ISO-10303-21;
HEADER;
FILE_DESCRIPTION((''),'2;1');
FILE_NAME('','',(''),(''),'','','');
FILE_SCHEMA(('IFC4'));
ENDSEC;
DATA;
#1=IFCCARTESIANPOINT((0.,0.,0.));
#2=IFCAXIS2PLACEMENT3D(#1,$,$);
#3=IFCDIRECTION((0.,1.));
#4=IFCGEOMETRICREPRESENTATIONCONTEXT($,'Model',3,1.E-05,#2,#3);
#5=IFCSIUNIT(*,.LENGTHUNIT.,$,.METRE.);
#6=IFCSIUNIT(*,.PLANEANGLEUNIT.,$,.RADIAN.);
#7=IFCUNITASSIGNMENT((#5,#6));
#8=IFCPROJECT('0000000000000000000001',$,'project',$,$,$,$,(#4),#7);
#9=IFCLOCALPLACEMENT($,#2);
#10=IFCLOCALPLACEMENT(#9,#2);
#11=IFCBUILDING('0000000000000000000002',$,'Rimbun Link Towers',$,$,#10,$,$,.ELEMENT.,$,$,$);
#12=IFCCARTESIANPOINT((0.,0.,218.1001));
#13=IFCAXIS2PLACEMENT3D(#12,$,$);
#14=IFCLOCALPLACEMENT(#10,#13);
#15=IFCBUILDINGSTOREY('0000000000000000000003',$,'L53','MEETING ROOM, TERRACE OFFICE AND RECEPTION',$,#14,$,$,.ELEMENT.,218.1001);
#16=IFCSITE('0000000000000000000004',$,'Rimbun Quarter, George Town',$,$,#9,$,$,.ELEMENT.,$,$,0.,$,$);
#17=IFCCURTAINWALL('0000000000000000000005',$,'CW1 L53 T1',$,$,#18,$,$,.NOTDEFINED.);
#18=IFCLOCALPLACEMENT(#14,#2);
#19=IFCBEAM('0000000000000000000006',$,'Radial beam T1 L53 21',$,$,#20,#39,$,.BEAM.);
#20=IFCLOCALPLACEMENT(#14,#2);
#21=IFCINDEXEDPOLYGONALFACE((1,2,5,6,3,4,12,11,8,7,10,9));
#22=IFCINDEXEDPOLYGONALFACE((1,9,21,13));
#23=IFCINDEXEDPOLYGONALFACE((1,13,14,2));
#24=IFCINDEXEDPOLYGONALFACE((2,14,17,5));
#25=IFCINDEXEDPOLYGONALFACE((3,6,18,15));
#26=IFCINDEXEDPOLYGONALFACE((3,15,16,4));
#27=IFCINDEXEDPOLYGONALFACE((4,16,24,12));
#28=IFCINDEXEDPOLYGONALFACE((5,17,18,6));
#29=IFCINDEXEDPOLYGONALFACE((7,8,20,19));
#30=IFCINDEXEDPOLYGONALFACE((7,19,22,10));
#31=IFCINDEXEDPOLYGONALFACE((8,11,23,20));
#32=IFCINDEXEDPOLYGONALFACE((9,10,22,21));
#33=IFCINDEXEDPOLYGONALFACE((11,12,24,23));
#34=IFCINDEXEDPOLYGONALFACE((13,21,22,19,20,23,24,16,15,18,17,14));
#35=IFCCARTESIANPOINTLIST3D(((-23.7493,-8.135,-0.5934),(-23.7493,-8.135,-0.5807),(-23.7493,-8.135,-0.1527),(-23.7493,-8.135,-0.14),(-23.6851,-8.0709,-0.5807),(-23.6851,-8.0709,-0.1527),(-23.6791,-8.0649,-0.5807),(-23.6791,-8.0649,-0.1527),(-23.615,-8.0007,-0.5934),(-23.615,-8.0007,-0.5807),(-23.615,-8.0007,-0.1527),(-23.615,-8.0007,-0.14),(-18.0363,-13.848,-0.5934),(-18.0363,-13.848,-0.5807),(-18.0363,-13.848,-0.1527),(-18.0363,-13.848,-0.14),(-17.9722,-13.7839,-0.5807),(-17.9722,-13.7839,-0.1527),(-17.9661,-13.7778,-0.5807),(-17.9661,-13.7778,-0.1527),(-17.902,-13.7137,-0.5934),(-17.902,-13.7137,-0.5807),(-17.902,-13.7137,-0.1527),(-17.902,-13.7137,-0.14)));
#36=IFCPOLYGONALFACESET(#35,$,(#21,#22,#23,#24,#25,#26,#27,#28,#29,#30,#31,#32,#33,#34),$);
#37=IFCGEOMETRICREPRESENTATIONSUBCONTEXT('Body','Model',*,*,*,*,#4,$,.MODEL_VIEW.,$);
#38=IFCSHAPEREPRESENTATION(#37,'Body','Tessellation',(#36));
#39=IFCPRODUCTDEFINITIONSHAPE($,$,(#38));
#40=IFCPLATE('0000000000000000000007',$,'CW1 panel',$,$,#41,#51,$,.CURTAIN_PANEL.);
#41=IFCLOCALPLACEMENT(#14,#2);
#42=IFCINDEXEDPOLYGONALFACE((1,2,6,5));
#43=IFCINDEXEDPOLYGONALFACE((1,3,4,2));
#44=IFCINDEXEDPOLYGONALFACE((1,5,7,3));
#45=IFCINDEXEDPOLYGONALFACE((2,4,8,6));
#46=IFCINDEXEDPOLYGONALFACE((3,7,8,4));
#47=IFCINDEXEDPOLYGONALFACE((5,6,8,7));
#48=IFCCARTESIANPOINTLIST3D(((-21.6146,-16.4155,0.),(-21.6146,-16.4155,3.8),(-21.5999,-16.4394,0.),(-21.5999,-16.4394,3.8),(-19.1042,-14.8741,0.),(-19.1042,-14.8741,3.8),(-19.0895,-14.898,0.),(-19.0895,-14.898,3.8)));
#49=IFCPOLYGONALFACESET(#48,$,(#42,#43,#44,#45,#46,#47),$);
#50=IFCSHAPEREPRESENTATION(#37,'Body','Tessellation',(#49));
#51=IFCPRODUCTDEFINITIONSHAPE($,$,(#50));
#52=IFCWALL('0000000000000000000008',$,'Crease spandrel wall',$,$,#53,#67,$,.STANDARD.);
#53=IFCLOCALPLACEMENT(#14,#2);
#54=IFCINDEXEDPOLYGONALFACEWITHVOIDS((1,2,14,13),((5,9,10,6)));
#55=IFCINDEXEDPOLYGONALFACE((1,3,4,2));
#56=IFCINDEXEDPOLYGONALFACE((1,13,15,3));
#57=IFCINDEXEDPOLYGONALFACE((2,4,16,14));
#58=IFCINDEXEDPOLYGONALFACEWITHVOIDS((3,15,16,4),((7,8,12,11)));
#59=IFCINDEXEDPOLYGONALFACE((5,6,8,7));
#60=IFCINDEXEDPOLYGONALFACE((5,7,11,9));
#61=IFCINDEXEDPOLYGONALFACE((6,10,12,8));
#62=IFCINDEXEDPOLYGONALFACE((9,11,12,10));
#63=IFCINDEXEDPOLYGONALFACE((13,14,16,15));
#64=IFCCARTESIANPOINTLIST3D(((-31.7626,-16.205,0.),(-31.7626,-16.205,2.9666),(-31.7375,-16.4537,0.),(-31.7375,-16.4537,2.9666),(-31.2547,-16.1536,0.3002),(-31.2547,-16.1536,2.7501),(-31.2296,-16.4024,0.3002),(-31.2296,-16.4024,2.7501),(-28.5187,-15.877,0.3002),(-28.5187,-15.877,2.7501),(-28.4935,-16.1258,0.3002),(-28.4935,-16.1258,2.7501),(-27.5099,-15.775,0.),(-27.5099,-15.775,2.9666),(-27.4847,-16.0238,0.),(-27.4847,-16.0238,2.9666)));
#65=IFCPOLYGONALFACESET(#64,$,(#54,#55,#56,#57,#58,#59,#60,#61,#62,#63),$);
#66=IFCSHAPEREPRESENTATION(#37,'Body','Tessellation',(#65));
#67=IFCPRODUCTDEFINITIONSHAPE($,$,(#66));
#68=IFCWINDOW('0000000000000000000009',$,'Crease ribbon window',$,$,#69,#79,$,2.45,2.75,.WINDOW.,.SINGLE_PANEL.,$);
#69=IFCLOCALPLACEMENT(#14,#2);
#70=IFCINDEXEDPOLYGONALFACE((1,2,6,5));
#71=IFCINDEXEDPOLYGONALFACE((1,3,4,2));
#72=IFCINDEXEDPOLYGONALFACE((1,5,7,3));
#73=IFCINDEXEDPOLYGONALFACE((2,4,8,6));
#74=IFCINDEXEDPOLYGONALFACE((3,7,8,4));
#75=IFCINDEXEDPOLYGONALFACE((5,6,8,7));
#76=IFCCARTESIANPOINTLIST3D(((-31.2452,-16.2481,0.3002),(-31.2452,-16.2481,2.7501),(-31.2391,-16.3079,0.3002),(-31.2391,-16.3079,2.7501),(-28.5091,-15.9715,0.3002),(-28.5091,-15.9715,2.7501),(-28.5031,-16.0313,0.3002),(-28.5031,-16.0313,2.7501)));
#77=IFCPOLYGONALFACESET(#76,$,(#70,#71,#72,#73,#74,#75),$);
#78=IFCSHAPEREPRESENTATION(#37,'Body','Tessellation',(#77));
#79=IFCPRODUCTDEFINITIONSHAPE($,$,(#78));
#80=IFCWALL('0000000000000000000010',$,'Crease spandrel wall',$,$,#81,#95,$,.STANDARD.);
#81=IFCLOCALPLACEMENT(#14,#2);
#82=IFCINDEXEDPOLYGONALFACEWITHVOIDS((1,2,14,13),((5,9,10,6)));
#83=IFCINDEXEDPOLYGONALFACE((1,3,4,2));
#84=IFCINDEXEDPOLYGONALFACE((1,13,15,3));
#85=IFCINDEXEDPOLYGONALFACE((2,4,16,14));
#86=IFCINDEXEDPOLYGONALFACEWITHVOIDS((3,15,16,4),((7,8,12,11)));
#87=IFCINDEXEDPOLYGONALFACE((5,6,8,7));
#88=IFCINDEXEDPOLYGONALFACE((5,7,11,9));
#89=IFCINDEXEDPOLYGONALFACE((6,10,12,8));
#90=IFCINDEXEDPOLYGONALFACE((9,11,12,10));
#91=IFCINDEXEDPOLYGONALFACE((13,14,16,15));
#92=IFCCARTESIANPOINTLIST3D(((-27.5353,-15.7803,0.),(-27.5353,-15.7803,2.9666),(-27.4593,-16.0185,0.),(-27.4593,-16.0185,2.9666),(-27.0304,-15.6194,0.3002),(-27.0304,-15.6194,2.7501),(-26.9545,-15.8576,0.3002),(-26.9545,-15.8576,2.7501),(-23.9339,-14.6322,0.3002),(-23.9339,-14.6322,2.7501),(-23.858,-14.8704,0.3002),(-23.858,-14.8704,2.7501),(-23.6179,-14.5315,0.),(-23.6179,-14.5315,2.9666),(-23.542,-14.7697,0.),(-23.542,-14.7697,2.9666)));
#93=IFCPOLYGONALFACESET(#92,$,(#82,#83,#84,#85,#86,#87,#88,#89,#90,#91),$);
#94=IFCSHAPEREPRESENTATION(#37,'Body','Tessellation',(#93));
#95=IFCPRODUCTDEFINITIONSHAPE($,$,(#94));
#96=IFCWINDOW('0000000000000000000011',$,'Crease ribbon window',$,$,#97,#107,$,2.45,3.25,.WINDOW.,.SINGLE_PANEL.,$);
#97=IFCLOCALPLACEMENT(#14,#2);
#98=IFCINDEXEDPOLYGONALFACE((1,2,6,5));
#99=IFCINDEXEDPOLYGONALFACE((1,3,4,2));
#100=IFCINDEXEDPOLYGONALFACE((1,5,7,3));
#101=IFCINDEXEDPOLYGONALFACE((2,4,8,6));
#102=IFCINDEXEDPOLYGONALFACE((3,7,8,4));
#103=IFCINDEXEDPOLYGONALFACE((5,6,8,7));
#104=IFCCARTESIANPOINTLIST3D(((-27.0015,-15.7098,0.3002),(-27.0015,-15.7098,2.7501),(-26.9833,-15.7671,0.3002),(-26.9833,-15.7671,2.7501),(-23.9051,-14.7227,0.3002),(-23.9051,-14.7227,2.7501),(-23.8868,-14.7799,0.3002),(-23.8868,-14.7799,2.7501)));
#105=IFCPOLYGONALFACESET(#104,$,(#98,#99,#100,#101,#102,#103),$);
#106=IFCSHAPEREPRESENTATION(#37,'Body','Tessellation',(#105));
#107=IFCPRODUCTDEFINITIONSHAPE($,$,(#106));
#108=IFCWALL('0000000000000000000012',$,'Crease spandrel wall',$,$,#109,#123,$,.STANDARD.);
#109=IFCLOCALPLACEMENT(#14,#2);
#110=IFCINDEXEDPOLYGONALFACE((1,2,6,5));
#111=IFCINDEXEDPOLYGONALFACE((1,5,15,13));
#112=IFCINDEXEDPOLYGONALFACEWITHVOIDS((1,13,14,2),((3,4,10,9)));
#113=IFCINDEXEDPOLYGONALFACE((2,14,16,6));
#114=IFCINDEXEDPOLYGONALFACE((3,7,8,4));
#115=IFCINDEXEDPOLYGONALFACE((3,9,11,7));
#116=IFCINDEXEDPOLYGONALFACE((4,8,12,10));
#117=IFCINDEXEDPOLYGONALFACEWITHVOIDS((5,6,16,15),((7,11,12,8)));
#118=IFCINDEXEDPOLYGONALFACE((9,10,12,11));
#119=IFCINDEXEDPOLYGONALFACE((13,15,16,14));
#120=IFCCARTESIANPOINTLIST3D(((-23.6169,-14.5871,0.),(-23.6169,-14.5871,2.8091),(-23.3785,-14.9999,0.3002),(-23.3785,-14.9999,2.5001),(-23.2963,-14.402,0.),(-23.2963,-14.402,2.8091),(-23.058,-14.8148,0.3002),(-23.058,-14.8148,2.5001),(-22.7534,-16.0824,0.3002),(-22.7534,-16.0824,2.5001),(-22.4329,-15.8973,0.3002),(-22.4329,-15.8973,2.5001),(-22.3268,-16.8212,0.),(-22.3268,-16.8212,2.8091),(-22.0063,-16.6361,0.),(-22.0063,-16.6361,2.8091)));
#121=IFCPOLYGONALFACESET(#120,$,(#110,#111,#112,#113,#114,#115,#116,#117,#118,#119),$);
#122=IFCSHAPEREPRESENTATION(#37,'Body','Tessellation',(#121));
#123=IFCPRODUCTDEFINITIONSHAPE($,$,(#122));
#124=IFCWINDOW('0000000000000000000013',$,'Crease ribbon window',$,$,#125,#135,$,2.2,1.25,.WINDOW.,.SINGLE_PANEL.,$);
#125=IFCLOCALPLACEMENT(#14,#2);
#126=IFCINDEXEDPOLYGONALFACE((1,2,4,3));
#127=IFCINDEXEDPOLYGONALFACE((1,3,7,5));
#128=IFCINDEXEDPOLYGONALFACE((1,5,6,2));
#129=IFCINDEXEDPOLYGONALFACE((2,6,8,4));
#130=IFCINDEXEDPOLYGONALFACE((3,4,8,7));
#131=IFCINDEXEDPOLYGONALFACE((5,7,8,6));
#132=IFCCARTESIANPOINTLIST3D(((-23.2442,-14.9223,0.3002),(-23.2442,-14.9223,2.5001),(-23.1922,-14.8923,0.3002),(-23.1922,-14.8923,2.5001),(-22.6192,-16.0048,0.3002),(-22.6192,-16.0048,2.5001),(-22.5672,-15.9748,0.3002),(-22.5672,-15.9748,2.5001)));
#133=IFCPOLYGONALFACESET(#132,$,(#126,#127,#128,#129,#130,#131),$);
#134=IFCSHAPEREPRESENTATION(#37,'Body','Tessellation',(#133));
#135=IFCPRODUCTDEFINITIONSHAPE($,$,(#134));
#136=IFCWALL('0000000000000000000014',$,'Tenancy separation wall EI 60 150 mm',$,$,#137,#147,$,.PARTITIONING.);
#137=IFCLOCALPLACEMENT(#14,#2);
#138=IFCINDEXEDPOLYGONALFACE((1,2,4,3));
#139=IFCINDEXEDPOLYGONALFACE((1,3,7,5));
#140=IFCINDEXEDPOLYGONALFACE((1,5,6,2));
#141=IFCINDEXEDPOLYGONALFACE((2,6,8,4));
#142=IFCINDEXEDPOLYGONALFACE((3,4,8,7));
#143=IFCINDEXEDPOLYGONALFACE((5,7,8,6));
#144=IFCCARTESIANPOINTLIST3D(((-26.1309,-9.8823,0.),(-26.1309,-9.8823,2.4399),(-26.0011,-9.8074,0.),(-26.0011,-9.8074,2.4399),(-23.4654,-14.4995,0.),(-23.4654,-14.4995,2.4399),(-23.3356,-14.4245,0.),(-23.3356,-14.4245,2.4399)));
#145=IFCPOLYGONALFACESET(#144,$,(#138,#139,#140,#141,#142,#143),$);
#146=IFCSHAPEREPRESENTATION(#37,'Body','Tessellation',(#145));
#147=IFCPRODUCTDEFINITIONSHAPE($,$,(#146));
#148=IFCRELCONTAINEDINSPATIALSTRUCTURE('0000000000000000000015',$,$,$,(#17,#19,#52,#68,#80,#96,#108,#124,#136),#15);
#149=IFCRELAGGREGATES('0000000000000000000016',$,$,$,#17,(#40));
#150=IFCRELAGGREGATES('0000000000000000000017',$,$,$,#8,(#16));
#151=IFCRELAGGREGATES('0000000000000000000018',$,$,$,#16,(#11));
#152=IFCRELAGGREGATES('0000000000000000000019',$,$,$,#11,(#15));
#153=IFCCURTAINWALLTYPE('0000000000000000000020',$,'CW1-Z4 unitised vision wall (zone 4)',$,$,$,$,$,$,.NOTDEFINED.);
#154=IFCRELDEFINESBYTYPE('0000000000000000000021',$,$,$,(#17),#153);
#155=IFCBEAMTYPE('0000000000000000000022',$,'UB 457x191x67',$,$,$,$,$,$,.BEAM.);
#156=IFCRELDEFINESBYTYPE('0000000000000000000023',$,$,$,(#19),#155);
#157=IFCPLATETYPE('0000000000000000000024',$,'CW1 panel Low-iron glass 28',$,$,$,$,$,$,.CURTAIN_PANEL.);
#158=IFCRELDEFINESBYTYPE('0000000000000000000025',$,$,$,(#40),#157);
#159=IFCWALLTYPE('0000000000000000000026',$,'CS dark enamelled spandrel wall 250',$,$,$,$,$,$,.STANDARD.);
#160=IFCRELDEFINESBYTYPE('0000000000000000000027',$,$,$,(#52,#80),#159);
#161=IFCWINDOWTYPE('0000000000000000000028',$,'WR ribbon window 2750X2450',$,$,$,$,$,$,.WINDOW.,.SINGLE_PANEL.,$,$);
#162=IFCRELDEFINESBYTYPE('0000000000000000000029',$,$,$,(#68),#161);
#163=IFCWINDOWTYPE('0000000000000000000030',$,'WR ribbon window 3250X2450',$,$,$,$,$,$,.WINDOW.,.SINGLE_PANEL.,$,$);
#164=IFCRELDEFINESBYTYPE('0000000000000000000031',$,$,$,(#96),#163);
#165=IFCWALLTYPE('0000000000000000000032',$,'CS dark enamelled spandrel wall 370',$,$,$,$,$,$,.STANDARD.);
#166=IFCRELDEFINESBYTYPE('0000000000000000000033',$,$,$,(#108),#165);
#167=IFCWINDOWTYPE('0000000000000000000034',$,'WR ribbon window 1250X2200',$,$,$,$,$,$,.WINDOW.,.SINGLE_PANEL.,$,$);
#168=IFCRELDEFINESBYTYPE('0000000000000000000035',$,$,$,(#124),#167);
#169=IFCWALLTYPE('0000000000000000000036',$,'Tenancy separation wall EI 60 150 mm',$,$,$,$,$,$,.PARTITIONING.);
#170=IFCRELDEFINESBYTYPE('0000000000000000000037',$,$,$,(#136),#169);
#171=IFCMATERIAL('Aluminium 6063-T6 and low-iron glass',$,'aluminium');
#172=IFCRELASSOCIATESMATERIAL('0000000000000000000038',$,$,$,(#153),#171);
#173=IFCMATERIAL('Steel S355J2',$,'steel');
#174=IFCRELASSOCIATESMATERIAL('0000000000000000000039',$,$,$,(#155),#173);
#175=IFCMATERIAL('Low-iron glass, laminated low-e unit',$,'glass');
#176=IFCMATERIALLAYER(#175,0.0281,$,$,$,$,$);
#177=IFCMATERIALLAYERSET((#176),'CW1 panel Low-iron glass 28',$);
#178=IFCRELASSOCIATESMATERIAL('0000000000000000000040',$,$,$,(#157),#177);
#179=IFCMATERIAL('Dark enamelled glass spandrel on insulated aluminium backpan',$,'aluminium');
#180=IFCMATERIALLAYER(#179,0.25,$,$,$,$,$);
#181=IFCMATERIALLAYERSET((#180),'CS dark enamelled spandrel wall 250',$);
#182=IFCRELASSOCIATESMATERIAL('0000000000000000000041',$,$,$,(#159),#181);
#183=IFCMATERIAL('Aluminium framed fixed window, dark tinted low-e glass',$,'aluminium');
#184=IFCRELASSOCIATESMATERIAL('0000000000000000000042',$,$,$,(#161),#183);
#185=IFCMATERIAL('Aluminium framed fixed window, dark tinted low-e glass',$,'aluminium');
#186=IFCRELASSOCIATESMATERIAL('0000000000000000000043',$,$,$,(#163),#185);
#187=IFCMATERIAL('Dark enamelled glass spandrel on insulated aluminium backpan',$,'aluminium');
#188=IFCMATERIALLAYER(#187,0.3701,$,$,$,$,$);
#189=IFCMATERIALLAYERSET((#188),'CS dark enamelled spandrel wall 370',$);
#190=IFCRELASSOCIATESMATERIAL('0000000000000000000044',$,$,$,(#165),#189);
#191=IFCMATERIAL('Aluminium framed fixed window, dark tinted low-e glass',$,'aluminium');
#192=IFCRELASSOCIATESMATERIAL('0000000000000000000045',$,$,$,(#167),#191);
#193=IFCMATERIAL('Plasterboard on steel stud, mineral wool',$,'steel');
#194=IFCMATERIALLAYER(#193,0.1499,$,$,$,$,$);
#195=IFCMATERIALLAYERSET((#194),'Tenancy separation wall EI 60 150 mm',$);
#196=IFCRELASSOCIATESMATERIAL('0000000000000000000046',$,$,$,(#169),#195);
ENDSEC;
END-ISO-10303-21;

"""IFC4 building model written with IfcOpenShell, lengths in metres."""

from ifc_helpers import new_model, si_unit, direction, frame, frame_2d, origin, origin_2d, place, context, subcontext, project, spatial, rectangle, i_section, extrude, material, layer, layer_set, material_profile, profile_set, type_object, element, fill, aggregate, save


model = new_model("IFC4")

# Units and contexts
model_context = context("Model", 3, precision=1e-05, world=origin(), true_north=direction((0.0, 1.0)))
body_context = subcontext(model_context, "Body", "Model", "MODEL_VIEW")
ifc_project = project(units=[si_unit("LENGTHUNIT", "METRE"), si_unit("PLANEANGLEUNIT", "RADIAN")], contexts=[model_context])

# Site, building, storey
site_placement = place(None, origin())
site = spatial("IfcSite", under=ifc_project, at=site_placement, Name="Rimbun Quarter, George Town", CompositionType="ELEMENT", RefElevation=0.0)
building_placement = place(site_placement, origin())
building = spatial("IfcBuilding", under=site, at=building_placement, Name="Rimbun Link Towers", CompositionType="ELEMENT")
storey_placement = place(building_placement, frame((0.0, 0.0, 218.1001)))
storey = spatial("IfcBuildingStorey", under=building, at=storey_placement, Name="L53", Description="MEETING ROOM, TERRACE OFFICE AND RECEPTION", CompositionType="ELEMENT", Elevation=218.1001)

# Curtain wall
ifc_material_1 = material(Name="Aluminium 6063-T6 and low-iron glass", Category="aluminium")
curtain_wall_type = type_object("IfcCurtainWallType", Name="CW1-Z4 unitised vision wall (zone 4)", PredefinedType="NOTDEFINED", material=ifc_material_1)
curtain_wall_placement = place(storey_placement, origin())
curtain_wall = element("IfcCurtainWall", 1, at=curtain_wall_placement, inside=storey, type_object=curtain_wall_type, Name="CW1 L53 T1", PredefinedType="NOTDEFINED")

# Beam
ifc_material_2 = material(Name="Steel S355J2", Category="steel")
ifc_material_profile_1 = material_profile(ifc_material_2, i_section(OverallWidth=0.1899, OverallDepth=0.4534, WebThickness=0.0085, FlangeThickness=0.0127, at=origin_2d()), Name="UB 457x191x67")
ifc_profile_set_1 = profile_set([ifc_material_profile_1], Name="Steel S355J2")
beam_type_1 = type_object("IfcBeamType", Name="UB 457x191x67", PredefinedType="BEAM", material=ifc_profile_set_1)
beam_1_placement = place(storey_placement, frame((-23.6821, -8.0679, -0.3667), z_axis=(0.707107, -0.707107, 0.0), x_axis=(0.707107, 0.707107, 0.0)))
element("IfcBeam", 2, at=beam_1_placement, inside=storey, type_object=beam_type_1, Name="Radial beam T1 L53 21", PredefinedType="BEAM", context=body_context, shape_type="SweptSolid", body=[
    extrude(i_section(OverallWidth=0.1899, OverallDepth=0.4534, WebThickness=0.0085, FlangeThickness=0.0127, at=origin_2d()), origin(), (0.0, 0.0, 1.0), 8.0793),
])

# Plate
ifc_material_3 = material(Name="Low-iron glass, laminated low-e unit", Category="glass")
ifc_layer_1 = layer(ifc_material_3, 0.0281)
ifc_layer_set_1 = layer_set([ifc_layer_1], Name="CW1 panel Low-iron glass 28")
plate_type = type_object("IfcPlateType", Name="CW1 panel Low-iron glass 28", PredefinedType="CURTAIN_PANEL", material=ifc_layer_set_1)
plate_placement = place(storey_placement, frame((-20.3521, -15.6567, 0.0), z_axis=(0.0, 0.0, 1.0), x_axis=(-0.852184, -0.523242, 0.0)))
plate = element("IfcPlate", 3, at=plate_placement, type_object=plate_type, Name="CW1 panel", PredefinedType="CURTAIN_PANEL", context=body_context, shape_type="SweptSolid", body=[
    extrude(rectangle(XDim=2.9458, YDim=0.0281, at=origin_2d()), origin(), (0.0, 0.0, 1.0), 3.8),
])
aggregate(curtain_wall, [plate])

# Walls, openings, windows
ifc_material_4 = material(Name="Dark enamelled glass spandrel on insulated aluminium backpan", Category="aluminium")
ifc_layer_2 = layer(ifc_material_4, 0.25)
ifc_layer_set_2 = layer_set([ifc_layer_2], Name="CS dark enamelled spandrel wall 250")
wall_type_1 = type_object("IfcWallType", Name="CS dark enamelled spandrel wall 250", PredefinedType="STANDARD", material=ifc_layer_set_2)
wall_1_placement = place(storey_placement, frame((-27.4973, -15.8994, 0.0), z_axis=(0.0, 0.0, 1.0), x_axis=(-0.994929, -0.100584, 0.0)))
wall_1 = element("IfcWall", 4, at=wall_1_placement, inside=storey, type_object=wall_type_1, Name="Crease spandrel wall", PredefinedType="STANDARD", context=body_context, shape_type="SweptSolid", body=[
    extrude(rectangle(XDim=4.2744, YDim=0.25, at=frame_2d((2.1372, 0.0))), origin(), (0.0, 0.0, 1.0), 2.9666),
])
opening_1_placement = place(wall_1_placement, frame((1.0139, 0.0, 0.3)))
opening_1 = element("IfcOpeningElement", 5, at=opening_1_placement, cuts=wall_1, PredefinedType="OPENING", context=body_context, shape_type="SweptSolid", body=[
    extrude(rectangle(XDim=2.75, YDim=2.45, at=frame_2d((1.375, 1.2251))), frame((0.0, 0.135, 0.0), z_axis=(0.0, -1.0, 0.0), x_axis=(1.0, 0.0, 0.0)), (0.0, 0.0, 1.0), 0.27),
])
ifc_material_5 = material(Name="Aluminium framed fixed window, dark tinted low-e glass", Category="aluminium")
window_type_1 = type_object("IfcWindowType", Name="WR ribbon window 2750X2450", PartitioningType="SINGLE_PANEL", PredefinedType="WINDOW", material=ifc_material_5)
window_1_placement = place(opening_1_placement, origin())
window_1 = element("IfcWindow", 6, at=window_1_placement, inside=storey, type_object=window_type_1, Name="Crease ribbon window", OverallHeight=2.45, OverallWidth=2.75, PartitioningType="SINGLE_PANEL", PredefinedType="WINDOW", context=body_context, shape_type="SweptSolid", body=[
    extrude(rectangle(XDim=2.75, YDim=2.45, at=frame_2d((1.375, 1.2251))), frame((0.0, 0.03, 0.0), z_axis=(0.0, -1.0, 0.0), x_axis=(1.0, 0.0, 0.0)), (0.0, 0.0, 1.0), 0.0601),
])
fill(opening_1, window_1)
wall_2_placement = place(storey_placement, frame((-23.5801, -14.6506, 0.0), z_axis=(0.0, 0.0, 1.0), x_axis=(-0.952758, -0.303731, 0.0)))
wall_2 = element("IfcWall", 7, at=wall_2_placement, inside=storey, type_object=wall_type_1, Name="Crease spandrel wall", PredefinedType="STANDARD", context=body_context, shape_type="SweptSolid", body=[
    extrude(rectangle(XDim=4.1116, YDim=0.25, at=frame_2d((2.0557, 0.0))), origin(), (0.0, 0.0, 1.0), 2.9666),
])
opening_2_placement = place(wall_2_placement, frame((0.3315, 0.0, 0.3)))
opening_2 = element("IfcOpeningElement", 8, at=opening_2_placement, cuts=wall_2, PredefinedType="OPENING", context=body_context, shape_type="SweptSolid", body=[
    extrude(rectangle(XDim=3.25, YDim=2.45, at=frame_2d((1.625, 1.2251))), frame((0.0, 0.135, 0.0), z_axis=(0.0, -1.0, 0.0), x_axis=(1.0, 0.0, 0.0)), (0.0, 0.0, 1.0), 0.27),
])
ifc_material_6 = material(Name="Aluminium framed fixed window, dark tinted low-e glass", Category="aluminium")
window_type_2 = type_object("IfcWindowType", Name="WR ribbon window 3250X2450", PartitioningType="SINGLE_PANEL", PredefinedType="WINDOW", material=ifc_material_6)
window_2_placement = place(opening_2_placement, origin())
window_2 = element("IfcWindow", 9, at=window_2_placement, inside=storey, type_object=window_type_2, Name="Crease ribbon window", OverallHeight=2.45, OverallWidth=3.25, PartitioningType="SINGLE_PANEL", PredefinedType="WINDOW", context=body_context, shape_type="SweptSolid", body=[
    extrude(rectangle(XDim=3.25, YDim=2.45, at=frame_2d((1.625, 1.2251))), frame((0.0, 0.03, 0.0), z_axis=(0.0, -1.0, 0.0), x_axis=(1.0, 0.0, 0.0)), (0.0, 0.0, 1.0), 0.0601),
])
fill(opening_2, window_2)
ifc_material_7 = material(Name="Dark enamelled glass spandrel on insulated aluminium backpan", Category="aluminium")
ifc_layer_3 = layer(ifc_material_7, 0.3701)
ifc_layer_set_3 = layer_set([ifc_layer_3], Name="CS dark enamelled spandrel wall 370")
wall_type_2 = type_object("IfcWallType", Name="CS dark enamelled spandrel wall 370", PredefinedType="STANDARD", material=ifc_layer_set_3)
wall_3_placement = place(storey_placement, frame((-22.1665, -16.7288, 0.0), z_axis=(0.0, 0.0, 1.0), x_axis=(-0.500047, 0.865998, 0.0)))
wall_3 = element("IfcWall", 10, at=wall_3_placement, inside=storey, type_object=wall_type_2, Name="Crease spandrel wall", PredefinedType="STANDARD", context=body_context, shape_type="SweptSolid", body=[
    extrude(rectangle(XDim=2.5798, YDim=0.3701, at=frame_2d((1.29, 0.0))), origin(), (0.0, 0.0, 1.0), 2.8091),
])
opening_3_placement = place(wall_3_placement, frame((0.8533, 0.0, 0.3)))
opening_3 = element("IfcOpeningElement", 11, at=opening_3_placement, cuts=wall_3, PredefinedType="OPENING", context=body_context, shape_type="SweptSolid", body=[
    extrude(rectangle(XDim=1.25, YDim=2.2, at=frame_2d((0.625, 1.1001))), frame((0.0, 0.1951, 0.0), z_axis=(0.0, -1.0, 0.0), x_axis=(1.0, 0.0, 0.0)), (0.0, 0.0, 1.0), 0.3901),
])
ifc_material_8 = material(Name="Aluminium framed fixed window, dark tinted low-e glass", Category="aluminium")
window_type_3 = type_object("IfcWindowType", Name="WR ribbon window 1250X2200", PartitioningType="SINGLE_PANEL", PredefinedType="WINDOW", material=ifc_material_8)
window_3_placement = place(opening_3_placement, origin())
window_3 = element("IfcWindow", 12, at=window_3_placement, inside=storey, type_object=window_type_3, Name="Crease ribbon window", OverallHeight=2.2, OverallWidth=1.25, PartitioningType="SINGLE_PANEL", PredefinedType="WINDOW", context=body_context, shape_type="SweptSolid", body=[
    extrude(rectangle(XDim=1.25, YDim=2.2, at=frame_2d((0.625, 1.1001))), frame((0.0, 0.03, 0.0), z_axis=(0.0, -1.0, 0.0), x_axis=(1.0, 0.0, 0.0)), (0.0, 0.0, 1.0), 0.0601),
])
fill(opening_3, window_3)

# Wall
ifc_material_9 = material(Name="Plasterboard on steel stud, mineral wool", Category="steel")
ifc_layer_4 = layer(ifc_material_9, 0.1499)
ifc_layer_set_4 = layer_set([ifc_layer_4], Name="Tenancy separation wall EI 60 150 mm")
wall_type_3 = type_object("IfcWallType", Name="Tenancy separation wall EI 60 150 mm", PredefinedType="PARTITIONING", material=ifc_layer_set_4)
wall_4_placement = place(storey_placement, frame((-26.0659, -9.845, 0.0), z_axis=(0.0, 0.0, 1.0), x_axis=(0.499971, -0.866042, 0.0)))
element("IfcWall", 13, at=wall_4_placement, inside=storey, type_object=wall_type_3, Name="Tenancy separation wall EI 60 150 mm", PredefinedType="PARTITIONING", context=body_context, shape_type="SweptSolid", body=[
    extrude(rectangle(XDim=5.3313, YDim=0.1499, at=frame_2d((2.6655, 0.0))), origin(), (0.0, 0.0, 1.0), 2.4399),
])

save(model, "model.ifc")
